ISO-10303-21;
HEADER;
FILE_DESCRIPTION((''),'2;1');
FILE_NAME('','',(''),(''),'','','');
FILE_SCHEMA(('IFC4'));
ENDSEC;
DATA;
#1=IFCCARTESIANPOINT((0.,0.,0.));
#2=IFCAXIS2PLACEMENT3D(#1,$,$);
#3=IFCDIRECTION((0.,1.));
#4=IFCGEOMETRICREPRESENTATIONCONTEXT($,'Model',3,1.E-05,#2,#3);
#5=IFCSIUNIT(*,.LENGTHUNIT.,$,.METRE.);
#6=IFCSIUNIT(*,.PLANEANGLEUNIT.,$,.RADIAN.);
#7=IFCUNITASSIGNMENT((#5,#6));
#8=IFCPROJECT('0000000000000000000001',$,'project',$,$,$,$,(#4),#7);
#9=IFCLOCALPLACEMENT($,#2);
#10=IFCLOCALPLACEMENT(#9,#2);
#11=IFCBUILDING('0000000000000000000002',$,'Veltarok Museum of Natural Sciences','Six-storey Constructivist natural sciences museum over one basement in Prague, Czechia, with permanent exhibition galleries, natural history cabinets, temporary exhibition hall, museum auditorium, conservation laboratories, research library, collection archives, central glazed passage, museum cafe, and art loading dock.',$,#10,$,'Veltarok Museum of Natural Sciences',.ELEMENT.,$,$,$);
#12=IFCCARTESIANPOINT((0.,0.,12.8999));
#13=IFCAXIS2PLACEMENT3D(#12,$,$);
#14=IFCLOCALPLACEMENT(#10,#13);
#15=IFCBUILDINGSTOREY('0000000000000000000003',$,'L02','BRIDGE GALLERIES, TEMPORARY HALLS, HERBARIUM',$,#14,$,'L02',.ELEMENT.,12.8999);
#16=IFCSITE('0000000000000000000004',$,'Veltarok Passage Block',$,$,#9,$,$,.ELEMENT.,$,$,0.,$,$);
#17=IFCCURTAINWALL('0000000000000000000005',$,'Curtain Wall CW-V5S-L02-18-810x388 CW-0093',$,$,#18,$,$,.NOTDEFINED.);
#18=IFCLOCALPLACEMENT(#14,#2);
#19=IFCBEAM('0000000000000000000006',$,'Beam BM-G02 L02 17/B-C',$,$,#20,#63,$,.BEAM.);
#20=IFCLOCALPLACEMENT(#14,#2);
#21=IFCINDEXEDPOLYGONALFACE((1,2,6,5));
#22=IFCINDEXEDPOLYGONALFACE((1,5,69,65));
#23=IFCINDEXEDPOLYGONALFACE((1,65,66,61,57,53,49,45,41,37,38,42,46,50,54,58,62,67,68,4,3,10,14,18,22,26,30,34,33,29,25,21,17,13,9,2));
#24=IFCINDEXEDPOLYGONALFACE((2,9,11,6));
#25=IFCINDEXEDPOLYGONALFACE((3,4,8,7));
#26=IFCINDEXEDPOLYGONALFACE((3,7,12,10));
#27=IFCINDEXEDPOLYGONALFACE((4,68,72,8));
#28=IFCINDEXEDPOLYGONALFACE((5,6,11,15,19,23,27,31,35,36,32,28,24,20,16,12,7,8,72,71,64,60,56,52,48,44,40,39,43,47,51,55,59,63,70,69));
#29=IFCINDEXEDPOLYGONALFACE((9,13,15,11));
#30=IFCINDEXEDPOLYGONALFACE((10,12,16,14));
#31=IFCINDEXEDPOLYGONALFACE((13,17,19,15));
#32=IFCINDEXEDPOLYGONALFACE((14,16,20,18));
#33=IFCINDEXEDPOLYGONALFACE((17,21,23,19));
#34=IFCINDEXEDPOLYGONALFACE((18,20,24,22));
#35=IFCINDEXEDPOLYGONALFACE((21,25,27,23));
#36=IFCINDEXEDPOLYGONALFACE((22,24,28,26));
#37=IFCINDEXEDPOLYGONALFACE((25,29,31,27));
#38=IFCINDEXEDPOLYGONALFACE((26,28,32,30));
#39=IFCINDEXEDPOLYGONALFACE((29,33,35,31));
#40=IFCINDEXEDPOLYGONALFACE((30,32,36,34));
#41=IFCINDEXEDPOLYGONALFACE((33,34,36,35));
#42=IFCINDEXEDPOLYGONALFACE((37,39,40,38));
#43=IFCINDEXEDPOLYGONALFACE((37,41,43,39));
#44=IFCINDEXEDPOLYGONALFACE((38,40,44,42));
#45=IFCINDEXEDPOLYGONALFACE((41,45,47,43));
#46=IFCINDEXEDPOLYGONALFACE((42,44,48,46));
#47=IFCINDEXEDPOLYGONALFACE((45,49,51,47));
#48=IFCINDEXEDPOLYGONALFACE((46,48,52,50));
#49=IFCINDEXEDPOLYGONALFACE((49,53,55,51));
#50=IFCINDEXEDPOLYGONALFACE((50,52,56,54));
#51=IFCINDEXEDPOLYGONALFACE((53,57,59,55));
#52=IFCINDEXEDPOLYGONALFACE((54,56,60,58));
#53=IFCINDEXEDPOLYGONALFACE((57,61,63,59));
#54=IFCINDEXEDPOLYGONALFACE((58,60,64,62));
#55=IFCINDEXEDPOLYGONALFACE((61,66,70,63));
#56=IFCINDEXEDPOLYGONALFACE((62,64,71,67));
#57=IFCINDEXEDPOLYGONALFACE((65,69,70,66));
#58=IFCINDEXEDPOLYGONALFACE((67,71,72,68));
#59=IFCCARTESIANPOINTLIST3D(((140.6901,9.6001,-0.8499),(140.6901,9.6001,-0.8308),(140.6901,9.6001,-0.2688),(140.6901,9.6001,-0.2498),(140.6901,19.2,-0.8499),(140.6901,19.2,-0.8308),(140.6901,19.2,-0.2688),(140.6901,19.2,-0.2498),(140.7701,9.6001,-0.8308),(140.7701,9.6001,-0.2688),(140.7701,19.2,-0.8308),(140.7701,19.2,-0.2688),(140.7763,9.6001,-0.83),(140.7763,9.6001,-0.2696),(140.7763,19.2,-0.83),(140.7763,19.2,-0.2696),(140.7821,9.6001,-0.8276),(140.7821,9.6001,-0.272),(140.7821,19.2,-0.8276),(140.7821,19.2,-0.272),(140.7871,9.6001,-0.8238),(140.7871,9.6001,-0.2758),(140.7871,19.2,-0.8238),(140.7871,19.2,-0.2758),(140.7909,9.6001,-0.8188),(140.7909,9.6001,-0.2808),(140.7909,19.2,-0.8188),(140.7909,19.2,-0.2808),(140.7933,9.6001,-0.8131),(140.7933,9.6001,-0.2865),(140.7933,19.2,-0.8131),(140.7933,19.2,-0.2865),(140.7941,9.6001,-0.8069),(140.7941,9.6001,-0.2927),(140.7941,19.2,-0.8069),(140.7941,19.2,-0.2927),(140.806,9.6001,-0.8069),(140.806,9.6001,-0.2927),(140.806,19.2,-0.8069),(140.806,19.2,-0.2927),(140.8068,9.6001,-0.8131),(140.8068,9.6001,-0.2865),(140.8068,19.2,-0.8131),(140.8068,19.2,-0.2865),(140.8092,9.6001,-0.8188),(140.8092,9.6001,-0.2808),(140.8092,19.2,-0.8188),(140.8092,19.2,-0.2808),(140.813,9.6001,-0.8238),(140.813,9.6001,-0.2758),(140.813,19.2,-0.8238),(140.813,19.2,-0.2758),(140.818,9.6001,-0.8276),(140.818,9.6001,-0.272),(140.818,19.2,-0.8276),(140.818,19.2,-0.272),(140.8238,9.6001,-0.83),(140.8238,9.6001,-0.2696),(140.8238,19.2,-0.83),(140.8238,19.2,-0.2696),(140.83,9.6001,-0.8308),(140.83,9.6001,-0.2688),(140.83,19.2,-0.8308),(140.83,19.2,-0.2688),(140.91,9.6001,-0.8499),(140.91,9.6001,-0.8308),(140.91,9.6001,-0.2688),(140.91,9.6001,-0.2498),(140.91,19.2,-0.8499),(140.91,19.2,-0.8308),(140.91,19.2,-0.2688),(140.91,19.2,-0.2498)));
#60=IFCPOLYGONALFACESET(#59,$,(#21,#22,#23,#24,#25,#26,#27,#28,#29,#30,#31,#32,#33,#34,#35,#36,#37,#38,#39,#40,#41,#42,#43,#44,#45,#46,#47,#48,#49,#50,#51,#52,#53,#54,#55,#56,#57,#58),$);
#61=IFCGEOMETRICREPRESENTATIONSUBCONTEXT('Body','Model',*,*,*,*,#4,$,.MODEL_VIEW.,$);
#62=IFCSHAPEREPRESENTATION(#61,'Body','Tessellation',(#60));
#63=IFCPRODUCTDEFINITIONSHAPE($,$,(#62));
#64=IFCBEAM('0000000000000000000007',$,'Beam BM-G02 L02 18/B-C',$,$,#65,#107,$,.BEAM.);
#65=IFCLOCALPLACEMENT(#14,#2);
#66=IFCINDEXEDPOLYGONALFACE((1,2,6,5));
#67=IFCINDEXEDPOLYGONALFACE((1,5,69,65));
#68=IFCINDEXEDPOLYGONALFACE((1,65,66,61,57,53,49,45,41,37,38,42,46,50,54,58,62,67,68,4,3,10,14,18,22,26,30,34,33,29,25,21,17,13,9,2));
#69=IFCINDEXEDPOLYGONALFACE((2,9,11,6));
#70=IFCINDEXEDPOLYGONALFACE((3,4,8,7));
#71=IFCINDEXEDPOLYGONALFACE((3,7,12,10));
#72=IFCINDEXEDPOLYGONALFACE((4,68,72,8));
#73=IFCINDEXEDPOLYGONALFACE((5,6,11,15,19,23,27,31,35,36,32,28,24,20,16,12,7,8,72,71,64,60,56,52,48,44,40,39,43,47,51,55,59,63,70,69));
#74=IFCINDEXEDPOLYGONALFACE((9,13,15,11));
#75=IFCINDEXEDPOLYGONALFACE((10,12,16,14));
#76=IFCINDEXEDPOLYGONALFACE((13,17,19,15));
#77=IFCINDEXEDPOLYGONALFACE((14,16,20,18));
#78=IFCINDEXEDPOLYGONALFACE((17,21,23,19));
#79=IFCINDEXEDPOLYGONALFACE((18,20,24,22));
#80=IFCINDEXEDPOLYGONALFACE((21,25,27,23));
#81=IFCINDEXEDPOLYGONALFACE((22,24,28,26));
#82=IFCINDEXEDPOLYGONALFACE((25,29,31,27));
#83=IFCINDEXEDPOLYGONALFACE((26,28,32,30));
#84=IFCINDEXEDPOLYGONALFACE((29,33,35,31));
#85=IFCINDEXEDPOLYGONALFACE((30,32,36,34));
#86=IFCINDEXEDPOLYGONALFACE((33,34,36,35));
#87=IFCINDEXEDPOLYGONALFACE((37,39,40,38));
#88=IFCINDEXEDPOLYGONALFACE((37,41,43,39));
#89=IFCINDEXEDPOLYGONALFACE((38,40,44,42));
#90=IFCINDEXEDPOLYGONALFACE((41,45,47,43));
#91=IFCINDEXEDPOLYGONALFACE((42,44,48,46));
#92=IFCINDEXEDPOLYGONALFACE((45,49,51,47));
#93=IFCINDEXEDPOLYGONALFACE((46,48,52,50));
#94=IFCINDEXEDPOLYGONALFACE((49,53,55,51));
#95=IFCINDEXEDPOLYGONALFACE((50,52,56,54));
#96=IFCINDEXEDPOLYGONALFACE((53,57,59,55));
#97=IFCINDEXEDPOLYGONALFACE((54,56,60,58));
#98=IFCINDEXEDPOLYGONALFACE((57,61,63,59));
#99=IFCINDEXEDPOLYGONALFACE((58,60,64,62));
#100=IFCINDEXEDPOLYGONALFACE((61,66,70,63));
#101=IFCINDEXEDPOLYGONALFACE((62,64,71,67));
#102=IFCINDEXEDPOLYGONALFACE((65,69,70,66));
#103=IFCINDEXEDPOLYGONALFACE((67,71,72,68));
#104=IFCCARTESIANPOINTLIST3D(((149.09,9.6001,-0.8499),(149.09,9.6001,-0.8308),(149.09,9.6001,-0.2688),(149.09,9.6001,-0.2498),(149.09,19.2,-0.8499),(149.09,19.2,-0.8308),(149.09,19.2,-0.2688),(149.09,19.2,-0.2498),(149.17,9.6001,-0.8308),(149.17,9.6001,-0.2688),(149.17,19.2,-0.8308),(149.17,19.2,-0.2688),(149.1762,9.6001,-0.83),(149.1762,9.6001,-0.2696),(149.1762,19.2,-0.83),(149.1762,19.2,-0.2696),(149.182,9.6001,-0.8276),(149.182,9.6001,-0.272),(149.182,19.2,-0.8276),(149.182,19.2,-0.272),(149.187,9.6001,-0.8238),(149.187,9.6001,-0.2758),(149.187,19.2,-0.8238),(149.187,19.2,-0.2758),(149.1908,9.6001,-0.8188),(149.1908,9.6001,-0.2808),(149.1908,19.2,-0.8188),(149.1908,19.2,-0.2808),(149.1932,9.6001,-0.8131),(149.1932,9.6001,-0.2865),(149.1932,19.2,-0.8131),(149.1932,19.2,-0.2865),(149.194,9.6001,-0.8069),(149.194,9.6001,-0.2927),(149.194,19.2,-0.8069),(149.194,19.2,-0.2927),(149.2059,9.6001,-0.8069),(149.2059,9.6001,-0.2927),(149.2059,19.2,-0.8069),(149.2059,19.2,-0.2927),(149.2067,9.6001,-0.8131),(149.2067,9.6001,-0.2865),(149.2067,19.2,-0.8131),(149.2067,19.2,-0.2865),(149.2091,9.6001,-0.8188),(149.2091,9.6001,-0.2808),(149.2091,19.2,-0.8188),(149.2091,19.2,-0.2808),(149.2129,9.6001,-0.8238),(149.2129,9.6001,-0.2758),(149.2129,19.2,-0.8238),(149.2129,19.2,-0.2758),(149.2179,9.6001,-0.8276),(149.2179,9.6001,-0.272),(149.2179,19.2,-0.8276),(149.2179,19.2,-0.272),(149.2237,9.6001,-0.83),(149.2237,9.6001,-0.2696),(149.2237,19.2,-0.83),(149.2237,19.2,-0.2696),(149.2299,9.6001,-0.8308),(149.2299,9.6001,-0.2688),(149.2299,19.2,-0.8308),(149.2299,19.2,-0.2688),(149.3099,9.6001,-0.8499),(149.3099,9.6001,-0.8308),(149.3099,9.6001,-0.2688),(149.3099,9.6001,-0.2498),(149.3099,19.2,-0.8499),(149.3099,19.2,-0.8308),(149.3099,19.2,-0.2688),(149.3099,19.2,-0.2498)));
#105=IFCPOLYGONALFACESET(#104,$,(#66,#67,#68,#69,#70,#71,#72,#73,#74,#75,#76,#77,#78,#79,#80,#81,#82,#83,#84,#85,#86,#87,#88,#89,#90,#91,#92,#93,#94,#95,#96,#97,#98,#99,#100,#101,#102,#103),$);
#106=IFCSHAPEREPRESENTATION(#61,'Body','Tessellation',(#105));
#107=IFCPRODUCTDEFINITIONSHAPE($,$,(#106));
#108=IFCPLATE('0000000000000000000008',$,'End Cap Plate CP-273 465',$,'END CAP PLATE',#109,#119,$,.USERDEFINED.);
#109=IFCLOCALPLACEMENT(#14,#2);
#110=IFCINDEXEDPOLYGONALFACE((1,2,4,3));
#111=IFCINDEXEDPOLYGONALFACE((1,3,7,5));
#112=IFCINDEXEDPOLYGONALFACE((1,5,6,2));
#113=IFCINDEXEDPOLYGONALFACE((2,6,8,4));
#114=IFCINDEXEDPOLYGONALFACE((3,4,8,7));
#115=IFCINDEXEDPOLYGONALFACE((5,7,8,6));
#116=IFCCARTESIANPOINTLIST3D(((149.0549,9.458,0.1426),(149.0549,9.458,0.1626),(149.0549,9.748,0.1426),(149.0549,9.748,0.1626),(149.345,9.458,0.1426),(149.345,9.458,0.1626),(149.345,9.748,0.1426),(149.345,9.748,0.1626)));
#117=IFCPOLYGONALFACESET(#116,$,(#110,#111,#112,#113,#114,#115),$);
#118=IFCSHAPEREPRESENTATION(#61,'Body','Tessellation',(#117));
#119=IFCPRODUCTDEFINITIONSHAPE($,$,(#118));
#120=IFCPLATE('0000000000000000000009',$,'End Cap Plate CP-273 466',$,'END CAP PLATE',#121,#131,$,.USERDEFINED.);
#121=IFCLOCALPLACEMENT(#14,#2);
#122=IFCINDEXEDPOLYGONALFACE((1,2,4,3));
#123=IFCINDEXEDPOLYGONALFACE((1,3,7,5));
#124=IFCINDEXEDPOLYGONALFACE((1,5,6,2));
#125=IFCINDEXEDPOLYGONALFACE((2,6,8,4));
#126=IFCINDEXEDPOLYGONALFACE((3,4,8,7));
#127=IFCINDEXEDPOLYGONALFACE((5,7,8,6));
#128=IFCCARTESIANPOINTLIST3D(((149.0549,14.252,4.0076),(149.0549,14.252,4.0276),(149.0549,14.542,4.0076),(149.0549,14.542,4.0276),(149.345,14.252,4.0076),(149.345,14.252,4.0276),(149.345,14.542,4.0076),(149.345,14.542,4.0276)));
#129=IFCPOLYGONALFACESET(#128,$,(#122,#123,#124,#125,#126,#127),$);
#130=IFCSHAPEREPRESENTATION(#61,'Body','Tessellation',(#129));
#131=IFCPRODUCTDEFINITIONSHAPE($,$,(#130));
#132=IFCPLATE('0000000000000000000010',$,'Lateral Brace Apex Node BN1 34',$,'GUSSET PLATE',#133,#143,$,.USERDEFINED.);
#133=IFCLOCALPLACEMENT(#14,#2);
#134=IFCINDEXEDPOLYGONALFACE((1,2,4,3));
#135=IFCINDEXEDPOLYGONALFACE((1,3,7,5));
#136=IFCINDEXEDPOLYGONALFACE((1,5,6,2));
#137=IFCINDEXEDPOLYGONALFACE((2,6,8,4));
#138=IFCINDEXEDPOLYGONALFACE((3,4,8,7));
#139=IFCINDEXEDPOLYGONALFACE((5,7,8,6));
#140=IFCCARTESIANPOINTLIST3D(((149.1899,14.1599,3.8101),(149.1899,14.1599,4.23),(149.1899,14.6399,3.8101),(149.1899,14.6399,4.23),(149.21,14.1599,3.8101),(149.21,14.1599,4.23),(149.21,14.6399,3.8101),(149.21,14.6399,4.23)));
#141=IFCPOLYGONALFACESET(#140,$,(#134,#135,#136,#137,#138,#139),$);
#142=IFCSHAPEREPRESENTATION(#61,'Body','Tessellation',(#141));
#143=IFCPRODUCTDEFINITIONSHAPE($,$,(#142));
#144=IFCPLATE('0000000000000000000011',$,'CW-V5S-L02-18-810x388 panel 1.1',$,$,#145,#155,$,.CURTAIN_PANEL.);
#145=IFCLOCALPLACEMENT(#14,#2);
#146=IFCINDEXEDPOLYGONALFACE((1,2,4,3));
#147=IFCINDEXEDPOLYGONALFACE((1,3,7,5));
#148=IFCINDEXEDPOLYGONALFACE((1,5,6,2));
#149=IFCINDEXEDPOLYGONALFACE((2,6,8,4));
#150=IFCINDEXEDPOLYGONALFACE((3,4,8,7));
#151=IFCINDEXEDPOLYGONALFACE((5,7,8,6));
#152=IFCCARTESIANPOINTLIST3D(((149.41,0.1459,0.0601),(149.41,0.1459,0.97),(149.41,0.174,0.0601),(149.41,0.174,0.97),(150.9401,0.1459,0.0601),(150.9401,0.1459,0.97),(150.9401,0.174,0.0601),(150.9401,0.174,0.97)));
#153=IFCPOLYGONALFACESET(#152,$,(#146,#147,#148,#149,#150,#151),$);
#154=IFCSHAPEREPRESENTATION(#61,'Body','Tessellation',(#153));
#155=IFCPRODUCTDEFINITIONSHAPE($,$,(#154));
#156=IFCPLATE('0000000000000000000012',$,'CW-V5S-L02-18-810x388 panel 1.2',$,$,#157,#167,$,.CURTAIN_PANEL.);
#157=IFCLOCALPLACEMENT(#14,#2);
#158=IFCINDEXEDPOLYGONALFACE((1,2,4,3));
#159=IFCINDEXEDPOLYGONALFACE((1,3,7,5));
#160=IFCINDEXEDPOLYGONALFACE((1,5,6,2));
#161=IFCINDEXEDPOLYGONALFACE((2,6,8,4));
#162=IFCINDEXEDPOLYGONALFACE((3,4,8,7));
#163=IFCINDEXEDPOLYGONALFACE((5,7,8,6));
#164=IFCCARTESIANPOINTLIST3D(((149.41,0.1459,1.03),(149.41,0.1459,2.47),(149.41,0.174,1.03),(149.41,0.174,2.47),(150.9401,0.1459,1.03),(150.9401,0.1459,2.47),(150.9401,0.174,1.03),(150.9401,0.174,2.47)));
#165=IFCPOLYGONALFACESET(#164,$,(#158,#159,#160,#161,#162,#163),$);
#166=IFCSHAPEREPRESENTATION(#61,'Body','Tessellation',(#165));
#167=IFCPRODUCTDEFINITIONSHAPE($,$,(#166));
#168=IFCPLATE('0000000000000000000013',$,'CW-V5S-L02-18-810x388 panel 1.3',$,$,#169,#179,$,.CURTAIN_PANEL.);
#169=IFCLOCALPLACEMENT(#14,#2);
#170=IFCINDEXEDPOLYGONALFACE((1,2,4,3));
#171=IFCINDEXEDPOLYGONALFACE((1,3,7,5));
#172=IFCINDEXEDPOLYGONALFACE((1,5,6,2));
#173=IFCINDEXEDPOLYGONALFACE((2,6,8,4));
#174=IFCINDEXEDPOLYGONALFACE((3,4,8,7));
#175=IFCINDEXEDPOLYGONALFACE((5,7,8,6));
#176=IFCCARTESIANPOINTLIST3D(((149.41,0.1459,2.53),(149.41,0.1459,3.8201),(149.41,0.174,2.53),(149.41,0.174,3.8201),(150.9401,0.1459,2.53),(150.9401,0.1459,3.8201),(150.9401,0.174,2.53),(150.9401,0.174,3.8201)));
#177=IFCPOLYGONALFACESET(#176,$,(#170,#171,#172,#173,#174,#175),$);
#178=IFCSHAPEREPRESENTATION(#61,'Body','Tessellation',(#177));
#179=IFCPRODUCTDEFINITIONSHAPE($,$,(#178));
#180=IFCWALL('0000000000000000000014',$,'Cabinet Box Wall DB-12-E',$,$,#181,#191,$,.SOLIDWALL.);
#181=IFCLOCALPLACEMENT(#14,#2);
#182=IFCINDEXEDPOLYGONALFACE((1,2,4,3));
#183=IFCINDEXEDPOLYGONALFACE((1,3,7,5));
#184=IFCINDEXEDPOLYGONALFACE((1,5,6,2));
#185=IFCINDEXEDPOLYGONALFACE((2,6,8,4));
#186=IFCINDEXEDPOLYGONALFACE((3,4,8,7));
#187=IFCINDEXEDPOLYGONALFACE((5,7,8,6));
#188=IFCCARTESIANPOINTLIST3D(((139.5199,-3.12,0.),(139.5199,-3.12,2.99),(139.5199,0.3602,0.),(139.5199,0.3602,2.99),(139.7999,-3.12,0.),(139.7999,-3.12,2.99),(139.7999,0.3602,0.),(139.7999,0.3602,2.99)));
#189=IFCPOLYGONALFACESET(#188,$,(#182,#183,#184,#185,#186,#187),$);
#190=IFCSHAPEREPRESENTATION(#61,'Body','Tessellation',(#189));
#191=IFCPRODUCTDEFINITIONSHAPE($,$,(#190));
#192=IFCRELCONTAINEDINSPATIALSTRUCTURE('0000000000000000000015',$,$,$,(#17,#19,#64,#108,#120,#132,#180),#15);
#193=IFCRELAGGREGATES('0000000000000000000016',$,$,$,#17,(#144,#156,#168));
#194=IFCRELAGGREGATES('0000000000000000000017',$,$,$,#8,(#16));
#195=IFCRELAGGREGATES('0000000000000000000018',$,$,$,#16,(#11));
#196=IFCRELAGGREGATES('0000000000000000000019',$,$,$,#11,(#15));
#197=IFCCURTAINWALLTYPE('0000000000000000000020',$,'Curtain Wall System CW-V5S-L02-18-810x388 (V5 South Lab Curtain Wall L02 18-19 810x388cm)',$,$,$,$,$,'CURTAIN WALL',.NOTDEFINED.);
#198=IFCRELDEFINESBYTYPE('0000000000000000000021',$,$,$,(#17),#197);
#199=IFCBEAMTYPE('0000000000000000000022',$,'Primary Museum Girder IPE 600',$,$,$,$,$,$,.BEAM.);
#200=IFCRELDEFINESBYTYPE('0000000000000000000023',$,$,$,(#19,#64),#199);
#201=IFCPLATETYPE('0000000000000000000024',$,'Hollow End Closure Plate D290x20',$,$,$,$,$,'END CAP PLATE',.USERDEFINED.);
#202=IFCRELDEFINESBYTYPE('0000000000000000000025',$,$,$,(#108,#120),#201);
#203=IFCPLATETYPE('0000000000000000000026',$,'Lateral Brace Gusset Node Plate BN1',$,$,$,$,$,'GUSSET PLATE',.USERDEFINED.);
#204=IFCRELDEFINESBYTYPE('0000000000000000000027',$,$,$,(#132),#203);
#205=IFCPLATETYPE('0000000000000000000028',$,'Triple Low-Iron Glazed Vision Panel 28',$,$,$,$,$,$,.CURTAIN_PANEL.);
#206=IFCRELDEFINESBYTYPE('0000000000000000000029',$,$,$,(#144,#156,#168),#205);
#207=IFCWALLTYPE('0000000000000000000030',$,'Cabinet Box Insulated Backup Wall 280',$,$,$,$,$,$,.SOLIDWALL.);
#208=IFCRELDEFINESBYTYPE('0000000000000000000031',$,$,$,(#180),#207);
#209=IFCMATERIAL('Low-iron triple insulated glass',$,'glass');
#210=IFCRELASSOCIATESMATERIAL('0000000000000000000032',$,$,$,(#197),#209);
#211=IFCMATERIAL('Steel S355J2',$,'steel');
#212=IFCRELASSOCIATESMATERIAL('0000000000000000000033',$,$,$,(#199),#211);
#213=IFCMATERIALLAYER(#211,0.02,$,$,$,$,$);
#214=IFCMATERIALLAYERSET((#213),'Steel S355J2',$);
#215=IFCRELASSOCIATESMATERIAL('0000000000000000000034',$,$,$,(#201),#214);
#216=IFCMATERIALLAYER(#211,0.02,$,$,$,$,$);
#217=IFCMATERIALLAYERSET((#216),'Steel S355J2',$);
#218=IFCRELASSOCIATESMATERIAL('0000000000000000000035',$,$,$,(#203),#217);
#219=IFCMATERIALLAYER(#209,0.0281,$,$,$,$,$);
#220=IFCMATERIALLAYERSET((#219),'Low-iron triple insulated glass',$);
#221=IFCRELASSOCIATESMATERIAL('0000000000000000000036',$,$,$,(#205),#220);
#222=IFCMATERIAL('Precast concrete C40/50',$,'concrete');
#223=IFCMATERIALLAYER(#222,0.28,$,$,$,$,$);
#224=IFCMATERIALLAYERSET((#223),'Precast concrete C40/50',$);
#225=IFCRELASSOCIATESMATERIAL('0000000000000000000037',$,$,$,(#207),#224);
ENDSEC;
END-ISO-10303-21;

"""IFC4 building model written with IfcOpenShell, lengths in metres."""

from ifc_helpers import new_model, si_unit, direction, frame, frame_2d, origin, origin_2d, place, context, subcontext, project, spatial, rectangle, i_section, extrude, material, layer, layer_set, material_profile, profile_set, type_object, element, aggregate, save


model = new_model("IFC4")

# Units and contexts
model_context = context("Model", 3, precision=1e-05, world=origin(), true_north=direction((0.0, 1.0)))
body_context = subcontext(model_context, "Body", "Model", "MODEL_VIEW")
ifc_project = project(units=[si_unit("LENGTHUNIT", "METRE"), si_unit("PLANEANGLEUNIT", "RADIAN")], contexts=[model_context])

# Site, building, storey
site_placement = place(None, origin())
site = spatial("IfcSite", under=ifc_project, at=site_placement, Name="Veltarok Passage Block", CompositionType="ELEMENT", RefElevation=0.0)
building_placement = place(site_placement, origin())
building = spatial("IfcBuilding", under=site, at=building_placement, Name="Veltarok Museum of Natural Sciences", Description="Six-storey Constructivist natural sciences museum over one basement in Prague, Czechia, with permanent exhibition galleries, natural history cabinets, temporary exhibition hall, museum auditorium, conservation laboratories, research library, collection archives, central glazed passage, museum cafe, and art loading dock.", LongName="Veltarok Museum of Natural Sciences", CompositionType="ELEMENT")
storey_placement = place(building_placement, frame((0.0, 0.0, 12.8999)))
storey = spatial("IfcBuildingStorey", under=building, at=storey_placement, Name="L02", Description="BRIDGE GALLERIES, TEMPORARY HALLS, HERBARIUM", LongName="L02", CompositionType="ELEMENT", Elevation=12.8999)

# Shared definitions
ifc_material_1 = material(Name="Steel S355J2", Category="steel")

# Curtain wall
ifc_material_2 = material(Name="Low-iron triple insulated glass", Category="glass")
curtain_wall_type = type_object("IfcCurtainWallType", Name="Curtain Wall System CW-V5S-L02-18-810x388 (V5 South Lab Curtain Wall L02 18-19 810x388cm)", ElementType="CURTAIN WALL", PredefinedType="NOTDEFINED", material=ifc_material_2)
curtain_wall_placement = place(storey_placement, origin())
curtain_wall = element("IfcCurtainWall", 1, at=curtain_wall_placement, inside=storey, type_object=curtain_wall_type, Name="Curtain Wall CW-V5S-L02-18-810x388 CW-0093", PredefinedType="NOTDEFINED")

# Shared definitions
ifc_material_3 = material(Name="Precast concrete C40/50", Category="concrete")

# Beams
ifc_material_profile_1 = material_profile(ifc_material_1, i_section(OverallWidth=0.22, OverallDepth=0.6001, WebThickness=0.012, FlangeThickness=0.019, FilletRadius=0.0239, at=origin_2d()), Name="IPE 600")
ifc_profile_set_1 = profile_set([ifc_material_profile_1], Name="Steel S355J2")
beam_type_1 = type_object("IfcBeamType", Name="Primary Museum Girder IPE 600", PredefinedType="BEAM", material=ifc_profile_set_1)
for number, where, z_axis, x_axis, name in (
    (2, (140.8, 9.6001, -0.5498), (0.0, 1.0, 0.0), (-1.0, 0.0, 0.0), "Beam BM-G02 L02 17/B-C"),
    (3, (149.2, 9.6001, -0.5498), (0.0, 1.0, 0.0), (-1.0, 0.0, 0.0), "Beam BM-G02 L02 18/B-C"),
):
    element("IfcBeam", number, at=place(storey_placement, frame(where, z_axis=z_axis, x_axis=x_axis)), inside=storey, type_object=beam_type_1, Name=name, PredefinedType="BEAM", context=body_context, shape_type="SweptSolid", body=[
        extrude(i_section(OverallWidth=0.22, OverallDepth=0.6001, WebThickness=0.012, FlangeThickness=0.019, FilletRadius=0.0239, at=origin_2d()), origin(), (0.0, 0.0, 1.0), 9.5999),
    ])

# Plates
ifc_layer_1 = layer(ifc_material_1, 0.02)
ifc_layer_set_1 = layer_set([ifc_layer_1], Name="Steel S355J2")
plate_type_1 = type_object("IfcPlateType", Name="Hollow End Closure Plate D290x20", ElementType="END CAP PLATE", PredefinedType="USERDEFINED", material=ifc_layer_set_1)
for number, where, z_axis, x_axis, name in (
    (4, (149.2, 9.603, 0.1426), (0.0, 0.0, 1.0), (0.0, 1.0, 0.0), "End Cap Plate CP-273 465"),
    (5, (149.2, 14.397, 4.0076), (0.0, 0.0, 1.0), (0.0, 1.0, 0.0), "End Cap Plate CP-273 466"),
):
    element("IfcPlate", number, at=place(storey_placement, frame(where, z_axis=z_axis, x_axis=x_axis)), inside=storey, type_object=plate_type_1, Name=name, ObjectType="END CAP PLATE", PredefinedType="USERDEFINED", context=body_context, shape_type="SweptSolid", body=[
        extrude(rectangle(XDim=0.29, YDim=0.29, at=origin_2d()), origin(), (0.0, 0.0, 1.0), 0.02),
    ])
ifc_layer_2 = layer(ifc_material_1, 0.02)
ifc_layer_set_2 = layer_set([ifc_layer_2], Name="Steel S355J2")
plate_type_2 = type_object("IfcPlateType", Name="Lateral Brace Gusset Node Plate BN1", ElementType="GUSSET PLATE", PredefinedType="USERDEFINED", material=ifc_layer_set_2)
plate_1_placement = place(storey_placement, frame((149.2, 14.3999, 3.8101), z_axis=(0.0, 0.0, 1.0), x_axis=(1.0, 0.0, 0.0)))
element("IfcPlate", 6, at=plate_1_placement, inside=storey, type_object=plate_type_2, Name="Lateral Brace Apex Node BN1 34", ObjectType="GUSSET PLATE", PredefinedType="USERDEFINED", context=body_context, shape_type="SweptSolid", body=[
    extrude(rectangle(XDim=0.02, YDim=0.48, at=origin_2d()), origin(), (0.0, 0.0, 1.0), 0.4199),
])

# Plates
ifc_layer_3 = layer(ifc_material_2, 0.0281)
ifc_layer_set_3 = layer_set([ifc_layer_3], Name="Low-iron triple insulated glass")
plate_type_3 = type_object("IfcPlateType", Name="Triple Low-Iron Glazed Vision Panel 28", PredefinedType="CURTAIN_PANEL", material=ifc_layer_set_3)
plate_2_placement = place(storey_placement, frame((150.175, 0.1599, 0.0601), z_axis=(0.0, 0.0, 1.0), x_axis=(1.0, 0.0, 0.0)))
plate_2 = element("IfcPlate", 7, at=plate_2_placement, type_object=plate_type_3, Name="CW-V5S-L02-18-810x388 panel 1.1", PredefinedType="CURTAIN_PANEL", context=body_context, shape_type="SweptSolid", body=[
    extrude(rectangle(XDim=1.53, YDim=0.0281, at=origin_2d()), origin(), (0.0, 0.0, 1.0), 0.9099),
])
plate_3_placement = place(storey_placement, frame((150.175, 0.1599, 1.03), z_axis=(0.0, 0.0, 1.0), x_axis=(1.0, 0.0, 0.0)))
plate_3 = element("IfcPlate", 8, at=plate_3_placement, type_object=plate_type_3, Name="CW-V5S-L02-18-810x388 panel 1.2", PredefinedType="CURTAIN_PANEL", context=body_context, shape_type="SweptSolid", body=[
    extrude(rectangle(XDim=1.53, YDim=0.0281, at=origin_2d()), origin(), (0.0, 0.0, 1.0), 1.4399),
])
plate_4_placement = place(storey_placement, frame((150.175, 0.1599, 2.53), z_axis=(0.0, 0.0, 1.0), x_axis=(1.0, 0.0, 0.0)))
plate_4 = element("IfcPlate", 9, at=plate_4_placement, type_object=plate_type_3, Name="CW-V5S-L02-18-810x388 panel 1.3", PredefinedType="CURTAIN_PANEL", context=body_context, shape_type="SweptSolid", body=[
    extrude(rectangle(XDim=1.53, YDim=0.0281, at=origin_2d()), origin(), (0.0, 0.0, 1.0), 1.29),
])
aggregate(curtain_wall, [plate_2, plate_3, plate_4])

# Wall
ifc_layer_4 = layer(ifc_material_3, 0.28)
ifc_layer_set_4 = layer_set([ifc_layer_4], Name="Precast concrete C40/50")
wall_type_1 = type_object("IfcWallType", Name="Cabinet Box Insulated Backup Wall 280", PredefinedType="SOLIDWALL", material=ifc_layer_set_4)
wall_1_placement = place(storey_placement, frame((139.6599, -3.1201, 0.0), z_axis=(0.0, 0.0, 1.0), x_axis=(0.0, 1.0, 0.0)))
element("IfcWall", 10, at=wall_1_placement, inside=storey, type_object=wall_type_1, Name="Cabinet Box Wall DB-12-E", PredefinedType="SOLIDWALL", context=body_context, shape_type="SweptSolid", body=[
    extrude(rectangle(XDim=3.4802, YDim=0.28, at=frame_2d((1.7402, 0.0))), origin(), (0.0, 0.0, 1.0), 2.99),
])

save(model, "model.ifc")
